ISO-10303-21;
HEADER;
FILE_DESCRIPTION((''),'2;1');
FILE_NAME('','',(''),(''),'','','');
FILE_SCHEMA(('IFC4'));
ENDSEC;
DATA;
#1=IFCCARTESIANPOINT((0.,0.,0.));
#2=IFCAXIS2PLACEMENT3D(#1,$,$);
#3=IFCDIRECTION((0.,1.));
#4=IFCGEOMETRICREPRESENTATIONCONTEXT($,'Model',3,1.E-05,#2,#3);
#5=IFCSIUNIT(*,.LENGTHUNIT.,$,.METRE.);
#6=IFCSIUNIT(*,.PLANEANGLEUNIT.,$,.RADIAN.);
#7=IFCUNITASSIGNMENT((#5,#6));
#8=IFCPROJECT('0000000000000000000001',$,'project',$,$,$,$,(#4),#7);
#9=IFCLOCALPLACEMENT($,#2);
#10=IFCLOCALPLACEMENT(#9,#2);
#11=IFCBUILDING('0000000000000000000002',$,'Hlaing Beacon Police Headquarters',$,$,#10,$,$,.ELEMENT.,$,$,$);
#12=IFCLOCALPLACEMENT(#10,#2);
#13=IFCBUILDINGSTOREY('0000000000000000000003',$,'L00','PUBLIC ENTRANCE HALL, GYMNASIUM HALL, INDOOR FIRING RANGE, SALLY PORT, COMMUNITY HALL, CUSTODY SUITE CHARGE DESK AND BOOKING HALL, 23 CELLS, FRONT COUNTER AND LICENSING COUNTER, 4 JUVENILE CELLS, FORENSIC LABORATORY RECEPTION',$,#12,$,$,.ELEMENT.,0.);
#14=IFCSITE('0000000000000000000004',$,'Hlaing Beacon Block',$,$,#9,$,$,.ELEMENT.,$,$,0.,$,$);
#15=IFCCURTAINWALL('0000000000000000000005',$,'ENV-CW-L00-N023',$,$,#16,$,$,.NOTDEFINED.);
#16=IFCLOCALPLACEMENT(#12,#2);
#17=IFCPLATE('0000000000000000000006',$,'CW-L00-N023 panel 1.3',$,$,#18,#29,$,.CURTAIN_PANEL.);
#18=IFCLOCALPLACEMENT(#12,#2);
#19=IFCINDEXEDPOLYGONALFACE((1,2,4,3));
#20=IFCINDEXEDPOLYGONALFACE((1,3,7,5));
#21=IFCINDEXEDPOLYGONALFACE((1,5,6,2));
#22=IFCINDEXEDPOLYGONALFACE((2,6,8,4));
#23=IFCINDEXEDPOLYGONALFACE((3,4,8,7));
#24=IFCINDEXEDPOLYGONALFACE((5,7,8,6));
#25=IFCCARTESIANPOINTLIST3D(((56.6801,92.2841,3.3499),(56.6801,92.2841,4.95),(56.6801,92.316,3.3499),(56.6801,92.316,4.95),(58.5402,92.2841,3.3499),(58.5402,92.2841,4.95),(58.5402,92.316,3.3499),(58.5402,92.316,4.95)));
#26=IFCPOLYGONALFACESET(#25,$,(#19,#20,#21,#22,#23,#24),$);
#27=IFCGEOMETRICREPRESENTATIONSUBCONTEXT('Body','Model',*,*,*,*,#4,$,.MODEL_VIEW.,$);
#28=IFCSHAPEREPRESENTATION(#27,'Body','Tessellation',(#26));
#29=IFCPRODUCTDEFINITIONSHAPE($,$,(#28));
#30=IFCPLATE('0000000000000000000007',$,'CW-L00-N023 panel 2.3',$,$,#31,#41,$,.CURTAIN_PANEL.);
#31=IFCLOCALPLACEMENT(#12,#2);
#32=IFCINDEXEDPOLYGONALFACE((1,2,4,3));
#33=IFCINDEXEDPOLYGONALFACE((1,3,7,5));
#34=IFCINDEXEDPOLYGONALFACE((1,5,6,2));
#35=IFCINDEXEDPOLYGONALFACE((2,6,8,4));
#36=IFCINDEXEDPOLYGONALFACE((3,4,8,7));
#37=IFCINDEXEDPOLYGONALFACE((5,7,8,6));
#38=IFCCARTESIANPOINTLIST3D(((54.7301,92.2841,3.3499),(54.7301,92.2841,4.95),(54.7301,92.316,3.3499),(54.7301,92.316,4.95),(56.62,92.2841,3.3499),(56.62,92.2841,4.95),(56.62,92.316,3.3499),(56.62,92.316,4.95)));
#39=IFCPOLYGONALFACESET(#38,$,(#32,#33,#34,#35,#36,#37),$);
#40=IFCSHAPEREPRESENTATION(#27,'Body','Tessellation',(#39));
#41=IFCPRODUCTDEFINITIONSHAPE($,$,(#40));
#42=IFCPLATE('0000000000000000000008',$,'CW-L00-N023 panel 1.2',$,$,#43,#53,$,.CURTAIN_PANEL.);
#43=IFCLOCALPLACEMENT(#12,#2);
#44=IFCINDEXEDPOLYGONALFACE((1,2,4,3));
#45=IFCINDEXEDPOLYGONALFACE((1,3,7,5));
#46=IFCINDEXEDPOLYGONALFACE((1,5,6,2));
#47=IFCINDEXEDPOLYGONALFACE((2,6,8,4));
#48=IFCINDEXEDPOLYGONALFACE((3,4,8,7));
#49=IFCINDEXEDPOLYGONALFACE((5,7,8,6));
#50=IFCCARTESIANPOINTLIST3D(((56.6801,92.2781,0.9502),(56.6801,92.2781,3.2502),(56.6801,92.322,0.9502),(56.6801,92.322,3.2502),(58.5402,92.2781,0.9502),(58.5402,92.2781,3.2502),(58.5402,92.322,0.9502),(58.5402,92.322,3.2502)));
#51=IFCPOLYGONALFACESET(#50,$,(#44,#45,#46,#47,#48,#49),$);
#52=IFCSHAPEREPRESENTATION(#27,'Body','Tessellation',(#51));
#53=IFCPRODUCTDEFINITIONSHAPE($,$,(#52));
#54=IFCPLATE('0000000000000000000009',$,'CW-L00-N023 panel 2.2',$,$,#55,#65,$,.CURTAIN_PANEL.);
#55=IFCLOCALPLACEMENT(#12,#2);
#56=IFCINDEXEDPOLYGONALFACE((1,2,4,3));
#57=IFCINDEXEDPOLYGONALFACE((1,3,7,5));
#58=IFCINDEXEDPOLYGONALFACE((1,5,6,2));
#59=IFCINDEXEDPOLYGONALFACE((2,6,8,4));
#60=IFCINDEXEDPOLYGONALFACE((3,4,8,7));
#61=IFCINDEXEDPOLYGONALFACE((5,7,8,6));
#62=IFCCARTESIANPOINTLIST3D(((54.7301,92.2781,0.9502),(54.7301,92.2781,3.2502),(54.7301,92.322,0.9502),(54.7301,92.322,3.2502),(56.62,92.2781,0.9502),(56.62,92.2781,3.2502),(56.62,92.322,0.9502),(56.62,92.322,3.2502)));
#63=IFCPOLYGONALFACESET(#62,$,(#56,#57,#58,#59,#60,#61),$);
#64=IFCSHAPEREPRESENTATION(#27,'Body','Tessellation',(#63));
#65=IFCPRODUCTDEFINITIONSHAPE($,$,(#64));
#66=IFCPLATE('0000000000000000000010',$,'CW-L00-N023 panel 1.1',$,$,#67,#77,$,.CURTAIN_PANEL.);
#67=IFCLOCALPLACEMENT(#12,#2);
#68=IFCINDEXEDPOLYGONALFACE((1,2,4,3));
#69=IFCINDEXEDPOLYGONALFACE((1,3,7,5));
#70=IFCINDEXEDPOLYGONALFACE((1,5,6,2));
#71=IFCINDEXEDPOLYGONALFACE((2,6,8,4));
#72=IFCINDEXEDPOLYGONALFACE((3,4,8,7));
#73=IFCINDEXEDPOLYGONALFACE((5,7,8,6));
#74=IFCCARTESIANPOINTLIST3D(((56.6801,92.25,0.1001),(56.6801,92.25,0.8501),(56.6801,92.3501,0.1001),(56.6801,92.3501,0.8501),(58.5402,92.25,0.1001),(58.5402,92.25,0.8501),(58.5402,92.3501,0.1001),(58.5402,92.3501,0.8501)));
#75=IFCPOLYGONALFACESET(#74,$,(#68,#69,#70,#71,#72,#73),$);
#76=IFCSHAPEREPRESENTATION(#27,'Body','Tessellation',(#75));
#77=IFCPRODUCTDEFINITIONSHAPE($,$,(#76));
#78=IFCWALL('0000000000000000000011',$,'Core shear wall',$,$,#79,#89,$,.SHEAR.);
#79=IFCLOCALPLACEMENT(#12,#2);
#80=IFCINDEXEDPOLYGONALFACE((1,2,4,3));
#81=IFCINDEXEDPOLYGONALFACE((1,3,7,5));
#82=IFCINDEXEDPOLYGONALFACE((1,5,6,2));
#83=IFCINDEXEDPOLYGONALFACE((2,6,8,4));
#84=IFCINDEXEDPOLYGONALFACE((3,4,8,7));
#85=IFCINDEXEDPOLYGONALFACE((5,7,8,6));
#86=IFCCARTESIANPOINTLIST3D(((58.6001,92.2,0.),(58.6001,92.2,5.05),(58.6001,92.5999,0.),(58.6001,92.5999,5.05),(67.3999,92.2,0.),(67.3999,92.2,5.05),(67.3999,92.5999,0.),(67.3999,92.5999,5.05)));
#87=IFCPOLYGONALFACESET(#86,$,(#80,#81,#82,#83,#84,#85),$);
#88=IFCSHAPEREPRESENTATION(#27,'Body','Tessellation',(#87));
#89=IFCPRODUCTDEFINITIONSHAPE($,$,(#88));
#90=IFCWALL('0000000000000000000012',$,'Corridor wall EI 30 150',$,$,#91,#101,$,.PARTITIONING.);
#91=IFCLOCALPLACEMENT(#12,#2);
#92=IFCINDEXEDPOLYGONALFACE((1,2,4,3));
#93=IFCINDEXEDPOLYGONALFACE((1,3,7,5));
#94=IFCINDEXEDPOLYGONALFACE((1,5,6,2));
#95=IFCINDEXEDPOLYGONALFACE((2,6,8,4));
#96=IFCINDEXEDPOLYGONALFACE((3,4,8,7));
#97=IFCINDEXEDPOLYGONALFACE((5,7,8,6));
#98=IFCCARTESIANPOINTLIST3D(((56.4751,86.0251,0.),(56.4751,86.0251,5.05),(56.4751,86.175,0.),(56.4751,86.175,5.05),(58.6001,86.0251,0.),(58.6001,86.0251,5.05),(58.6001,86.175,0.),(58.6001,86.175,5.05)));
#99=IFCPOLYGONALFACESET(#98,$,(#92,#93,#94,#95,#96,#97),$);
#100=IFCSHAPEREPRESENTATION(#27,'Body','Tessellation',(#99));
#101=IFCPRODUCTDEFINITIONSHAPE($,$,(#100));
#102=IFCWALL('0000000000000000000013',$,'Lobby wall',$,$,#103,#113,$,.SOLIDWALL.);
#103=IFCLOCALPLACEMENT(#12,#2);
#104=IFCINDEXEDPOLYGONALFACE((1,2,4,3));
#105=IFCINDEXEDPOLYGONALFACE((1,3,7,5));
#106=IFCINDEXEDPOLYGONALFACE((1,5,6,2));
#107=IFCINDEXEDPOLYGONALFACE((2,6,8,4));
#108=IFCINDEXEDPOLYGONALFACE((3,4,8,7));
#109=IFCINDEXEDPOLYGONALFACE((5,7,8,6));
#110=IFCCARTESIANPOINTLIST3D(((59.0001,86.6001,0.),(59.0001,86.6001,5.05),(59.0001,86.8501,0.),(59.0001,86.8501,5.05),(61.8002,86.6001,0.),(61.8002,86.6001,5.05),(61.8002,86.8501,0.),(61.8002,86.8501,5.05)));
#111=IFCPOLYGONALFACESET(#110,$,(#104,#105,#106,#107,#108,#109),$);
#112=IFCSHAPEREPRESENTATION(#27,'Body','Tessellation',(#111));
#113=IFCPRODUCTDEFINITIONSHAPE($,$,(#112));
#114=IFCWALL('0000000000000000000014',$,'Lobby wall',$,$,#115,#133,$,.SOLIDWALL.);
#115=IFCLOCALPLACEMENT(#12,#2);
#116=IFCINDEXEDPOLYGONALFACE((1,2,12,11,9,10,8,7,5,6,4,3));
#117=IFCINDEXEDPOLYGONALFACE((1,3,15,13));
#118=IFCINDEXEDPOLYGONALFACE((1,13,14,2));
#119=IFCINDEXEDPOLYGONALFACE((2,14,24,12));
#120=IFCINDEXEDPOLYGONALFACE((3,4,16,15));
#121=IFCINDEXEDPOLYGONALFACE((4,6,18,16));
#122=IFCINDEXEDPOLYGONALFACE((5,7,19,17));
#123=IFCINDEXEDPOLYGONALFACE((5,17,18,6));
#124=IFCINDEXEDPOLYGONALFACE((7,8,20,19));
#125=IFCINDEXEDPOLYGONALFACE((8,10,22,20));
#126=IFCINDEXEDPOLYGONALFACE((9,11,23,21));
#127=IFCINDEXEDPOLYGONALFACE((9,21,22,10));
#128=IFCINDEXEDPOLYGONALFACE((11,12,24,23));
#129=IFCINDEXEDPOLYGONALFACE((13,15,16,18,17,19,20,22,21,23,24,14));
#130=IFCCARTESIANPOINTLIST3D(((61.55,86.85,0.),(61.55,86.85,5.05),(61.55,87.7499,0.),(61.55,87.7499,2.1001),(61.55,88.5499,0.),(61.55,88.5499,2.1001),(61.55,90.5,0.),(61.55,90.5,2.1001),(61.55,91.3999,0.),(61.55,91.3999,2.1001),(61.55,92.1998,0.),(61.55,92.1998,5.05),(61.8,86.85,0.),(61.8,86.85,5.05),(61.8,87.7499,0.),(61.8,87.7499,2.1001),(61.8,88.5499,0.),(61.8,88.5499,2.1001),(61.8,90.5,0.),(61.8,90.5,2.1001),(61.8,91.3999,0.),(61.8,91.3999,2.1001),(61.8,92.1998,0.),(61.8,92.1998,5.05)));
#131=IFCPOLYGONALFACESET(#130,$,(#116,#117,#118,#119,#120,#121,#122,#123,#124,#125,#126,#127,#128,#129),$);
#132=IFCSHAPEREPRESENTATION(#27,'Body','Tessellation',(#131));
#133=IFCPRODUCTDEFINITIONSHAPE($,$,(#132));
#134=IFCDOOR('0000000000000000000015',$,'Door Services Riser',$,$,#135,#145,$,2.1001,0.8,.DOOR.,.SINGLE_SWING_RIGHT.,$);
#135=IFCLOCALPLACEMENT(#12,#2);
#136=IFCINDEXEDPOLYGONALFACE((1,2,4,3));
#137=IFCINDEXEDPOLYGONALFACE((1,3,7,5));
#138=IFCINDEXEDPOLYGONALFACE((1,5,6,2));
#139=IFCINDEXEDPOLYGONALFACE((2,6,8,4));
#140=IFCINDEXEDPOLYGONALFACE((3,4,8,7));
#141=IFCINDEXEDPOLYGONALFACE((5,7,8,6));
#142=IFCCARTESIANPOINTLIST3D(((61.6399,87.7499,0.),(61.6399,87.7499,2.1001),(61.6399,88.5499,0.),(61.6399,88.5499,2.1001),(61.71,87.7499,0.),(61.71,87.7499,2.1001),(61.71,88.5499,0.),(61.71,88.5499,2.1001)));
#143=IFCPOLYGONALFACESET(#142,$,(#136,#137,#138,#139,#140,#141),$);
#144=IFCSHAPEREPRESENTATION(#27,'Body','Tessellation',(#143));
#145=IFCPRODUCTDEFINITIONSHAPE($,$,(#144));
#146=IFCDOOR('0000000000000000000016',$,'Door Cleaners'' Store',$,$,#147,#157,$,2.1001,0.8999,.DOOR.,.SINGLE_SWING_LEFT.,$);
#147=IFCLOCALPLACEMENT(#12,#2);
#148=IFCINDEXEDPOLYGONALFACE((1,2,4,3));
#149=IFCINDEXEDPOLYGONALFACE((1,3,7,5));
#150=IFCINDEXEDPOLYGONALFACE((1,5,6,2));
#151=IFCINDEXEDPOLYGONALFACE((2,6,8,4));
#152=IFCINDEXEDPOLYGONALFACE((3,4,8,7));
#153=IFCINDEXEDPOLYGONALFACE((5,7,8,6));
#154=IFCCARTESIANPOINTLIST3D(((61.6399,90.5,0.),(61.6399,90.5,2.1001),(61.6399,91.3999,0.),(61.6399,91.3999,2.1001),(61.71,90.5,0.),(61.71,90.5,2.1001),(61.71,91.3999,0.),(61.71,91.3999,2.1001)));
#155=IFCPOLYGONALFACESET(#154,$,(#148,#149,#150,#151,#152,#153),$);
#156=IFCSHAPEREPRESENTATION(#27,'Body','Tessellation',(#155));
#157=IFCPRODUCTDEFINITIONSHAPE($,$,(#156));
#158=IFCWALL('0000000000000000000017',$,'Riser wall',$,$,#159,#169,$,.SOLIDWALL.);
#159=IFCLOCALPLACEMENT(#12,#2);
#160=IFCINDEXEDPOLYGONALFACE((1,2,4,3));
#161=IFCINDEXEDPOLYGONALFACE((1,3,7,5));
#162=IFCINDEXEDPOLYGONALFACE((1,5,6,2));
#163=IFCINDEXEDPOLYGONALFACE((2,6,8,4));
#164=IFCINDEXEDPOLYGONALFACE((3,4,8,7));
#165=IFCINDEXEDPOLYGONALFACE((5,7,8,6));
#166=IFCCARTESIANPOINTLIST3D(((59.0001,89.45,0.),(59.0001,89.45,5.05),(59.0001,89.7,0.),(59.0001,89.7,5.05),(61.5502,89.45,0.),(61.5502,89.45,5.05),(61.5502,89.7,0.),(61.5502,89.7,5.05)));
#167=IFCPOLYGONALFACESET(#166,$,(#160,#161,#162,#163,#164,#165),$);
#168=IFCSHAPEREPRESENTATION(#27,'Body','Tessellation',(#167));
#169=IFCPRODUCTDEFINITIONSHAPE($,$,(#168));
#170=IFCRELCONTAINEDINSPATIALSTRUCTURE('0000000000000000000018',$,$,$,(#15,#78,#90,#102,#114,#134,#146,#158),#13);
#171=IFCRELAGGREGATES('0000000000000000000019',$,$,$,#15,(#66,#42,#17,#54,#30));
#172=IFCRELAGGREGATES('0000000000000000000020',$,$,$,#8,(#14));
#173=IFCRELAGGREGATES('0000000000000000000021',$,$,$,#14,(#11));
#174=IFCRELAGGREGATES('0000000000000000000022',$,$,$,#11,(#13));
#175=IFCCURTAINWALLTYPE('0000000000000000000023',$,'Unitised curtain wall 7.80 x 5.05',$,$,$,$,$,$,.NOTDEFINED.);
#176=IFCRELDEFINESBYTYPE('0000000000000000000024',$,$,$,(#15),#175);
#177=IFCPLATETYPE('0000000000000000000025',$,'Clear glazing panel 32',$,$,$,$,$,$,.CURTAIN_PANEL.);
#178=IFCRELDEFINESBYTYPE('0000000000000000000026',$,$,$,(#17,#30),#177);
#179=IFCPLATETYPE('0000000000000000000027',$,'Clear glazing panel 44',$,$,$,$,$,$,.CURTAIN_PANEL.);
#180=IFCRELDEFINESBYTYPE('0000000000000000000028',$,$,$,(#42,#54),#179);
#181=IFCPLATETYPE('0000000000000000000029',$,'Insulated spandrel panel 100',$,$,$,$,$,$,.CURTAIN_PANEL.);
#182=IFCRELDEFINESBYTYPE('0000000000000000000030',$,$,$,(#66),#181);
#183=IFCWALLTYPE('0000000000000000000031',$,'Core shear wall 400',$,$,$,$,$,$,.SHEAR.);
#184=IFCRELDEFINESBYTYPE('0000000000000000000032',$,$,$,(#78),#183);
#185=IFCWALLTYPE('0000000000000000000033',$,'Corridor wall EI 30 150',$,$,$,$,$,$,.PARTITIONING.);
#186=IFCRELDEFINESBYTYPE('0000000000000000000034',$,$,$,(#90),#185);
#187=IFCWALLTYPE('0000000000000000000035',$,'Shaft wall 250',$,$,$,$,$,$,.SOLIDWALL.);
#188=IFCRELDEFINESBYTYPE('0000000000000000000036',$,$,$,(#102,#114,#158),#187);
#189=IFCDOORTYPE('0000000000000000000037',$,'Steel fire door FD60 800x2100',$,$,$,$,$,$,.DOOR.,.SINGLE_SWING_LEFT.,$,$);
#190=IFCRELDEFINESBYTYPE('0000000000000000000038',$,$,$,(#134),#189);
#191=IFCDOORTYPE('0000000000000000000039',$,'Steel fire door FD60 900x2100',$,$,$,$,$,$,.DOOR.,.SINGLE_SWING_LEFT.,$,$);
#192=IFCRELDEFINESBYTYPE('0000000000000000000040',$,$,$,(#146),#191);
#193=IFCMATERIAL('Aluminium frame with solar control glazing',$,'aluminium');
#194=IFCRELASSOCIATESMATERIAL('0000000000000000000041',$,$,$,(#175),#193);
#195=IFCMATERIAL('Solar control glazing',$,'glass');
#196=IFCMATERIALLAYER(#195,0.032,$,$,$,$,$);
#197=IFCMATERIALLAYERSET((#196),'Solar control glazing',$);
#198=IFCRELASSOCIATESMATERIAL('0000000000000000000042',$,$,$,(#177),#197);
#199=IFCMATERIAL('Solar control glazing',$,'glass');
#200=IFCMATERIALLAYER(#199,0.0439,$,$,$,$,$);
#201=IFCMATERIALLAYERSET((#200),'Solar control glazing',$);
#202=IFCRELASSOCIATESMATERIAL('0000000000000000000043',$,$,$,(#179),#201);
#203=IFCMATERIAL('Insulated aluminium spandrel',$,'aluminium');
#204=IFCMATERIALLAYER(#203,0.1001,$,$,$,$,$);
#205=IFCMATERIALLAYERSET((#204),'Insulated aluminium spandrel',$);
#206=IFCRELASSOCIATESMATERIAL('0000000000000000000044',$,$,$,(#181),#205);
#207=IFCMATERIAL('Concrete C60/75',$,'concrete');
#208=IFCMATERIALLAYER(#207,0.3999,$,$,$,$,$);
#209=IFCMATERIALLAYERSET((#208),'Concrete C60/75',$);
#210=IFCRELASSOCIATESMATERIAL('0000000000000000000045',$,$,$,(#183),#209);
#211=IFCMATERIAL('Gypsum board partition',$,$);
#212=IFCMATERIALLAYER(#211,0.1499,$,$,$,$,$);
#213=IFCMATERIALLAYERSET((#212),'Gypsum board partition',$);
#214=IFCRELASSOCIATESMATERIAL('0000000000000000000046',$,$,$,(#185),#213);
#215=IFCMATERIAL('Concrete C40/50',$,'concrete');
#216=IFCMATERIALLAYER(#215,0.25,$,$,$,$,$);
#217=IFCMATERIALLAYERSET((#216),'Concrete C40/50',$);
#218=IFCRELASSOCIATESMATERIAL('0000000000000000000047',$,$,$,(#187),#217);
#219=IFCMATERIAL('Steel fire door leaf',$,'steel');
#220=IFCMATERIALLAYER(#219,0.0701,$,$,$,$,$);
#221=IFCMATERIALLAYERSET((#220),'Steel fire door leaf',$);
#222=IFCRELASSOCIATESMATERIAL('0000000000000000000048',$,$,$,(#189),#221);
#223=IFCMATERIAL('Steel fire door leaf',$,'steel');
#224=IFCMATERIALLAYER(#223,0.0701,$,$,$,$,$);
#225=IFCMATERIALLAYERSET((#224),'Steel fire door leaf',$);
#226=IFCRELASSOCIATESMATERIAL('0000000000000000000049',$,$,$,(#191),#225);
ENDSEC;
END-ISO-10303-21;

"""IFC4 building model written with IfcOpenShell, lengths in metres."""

from ifc_helpers import new_model, si_unit, direction, frame, frame_2d, origin, origin_2d, place, context, subcontext, project, spatial, rectangle, extrude, material, layer, layer_set, type_object, element, fill, aggregate, save


model = new_model("IFC4")

# Units and contexts
model_context = context("Model", 3, precision=1e-05, world=origin(), true_north=direction((0.0, 1.0)))
body_context = subcontext(model_context, "Body", "Model", "MODEL_VIEW")
ifc_project = project(units=[si_unit("LENGTHUNIT", "METRE"), si_unit("PLANEANGLEUNIT", "RADIAN")], contexts=[model_context])

# Site, building, storey
site_placement = place(None, origin())
site = spatial("IfcSite", under=ifc_project, at=site_placement, Name="Hlaing Beacon Block", CompositionType="ELEMENT", RefElevation=0.0)
building_placement = place(site_placement, origin())
building = spatial("IfcBuilding", under=site, at=building_placement, Name="Hlaing Beacon Police Headquarters", CompositionType="ELEMENT")
storey_placement = place(building_placement, origin())
storey = spatial("IfcBuildingStorey", under=building, at=storey_placement, Name="L00", Description="PUBLIC ENTRANCE HALL, GYMNASIUM HALL, INDOOR FIRING RANGE, SALLY PORT, COMMUNITY HALL, CUSTODY SUITE CHARGE DESK AND BOOKING HALL, 23 CELLS, FRONT COUNTER AND LICENSING COUNTER, 4 JUVENILE CELLS, FORENSIC LABORATORY RECEPTION", CompositionType="ELEMENT", Elevation=0.0)

# Curtain wall, plates
ifc_material_1 = material(Name="Aluminium frame with solar control glazing", Category="aluminium")
curtain_wall_type = type_object("IfcCurtainWallType", Name="Unitised curtain wall 7.80 x 5.05", PredefinedType="NOTDEFINED", material=ifc_material_1)
curtain_wall_placement = place(storey_placement, origin())
curtain_wall = element("IfcCurtainWall", 1, at=curtain_wall_placement, inside=storey, type_object=curtain_wall_type, Name="ENV-CW-L00-N023", PredefinedType="NOTDEFINED")
ifc_material_2 = material(Name="Solar control glazing", Category="glass")
ifc_layer_1 = layer(ifc_material_2, 0.032)
ifc_layer_set_1 = layer_set([ifc_layer_1], Name="Solar control glazing")
plate_type_1 = type_object("IfcPlateType", Name="Clear glazing panel 32", PredefinedType="CURTAIN_PANEL", material=ifc_layer_set_1)
plate_1_placement = place(storey_placement, frame((57.6101, 92.3, 3.3499), z_axis=(0.0, 0.0, 1.0), x_axis=(-1.0, 0.0, 0.0)))
plate_1 = element("IfcPlate", 2, at=plate_1_placement, type_object=plate_type_1, Name="CW-L00-N023 panel 1.3", PredefinedType="CURTAIN_PANEL", context=body_context, shape_type="SweptSolid", body=[
    extrude(rectangle(XDim=1.8601, YDim=0.032, at=origin_2d()), origin(), (0.0, 0.0, 1.0), 1.6001),
])
plate_2_placement = place(storey_placement, frame((55.675, 92.3, 3.3499), z_axis=(0.0, 0.0, 1.0), x_axis=(-1.0, 0.0, 0.0)))
plate_2 = element("IfcPlate", 3, at=plate_2_placement, type_object=plate_type_1, Name="CW-L00-N023 panel 2.3", PredefinedType="CURTAIN_PANEL", context=body_context, shape_type="SweptSolid", body=[
    extrude(rectangle(XDim=1.8899, YDim=0.032, at=origin_2d()), origin(), (0.0, 0.0, 1.0), 1.6001),
])
ifc_material_3 = material(Name="Solar control glazing", Category="glass")
ifc_layer_2 = layer(ifc_material_3, 0.0439)
ifc_layer_set_2 = layer_set([ifc_layer_2], Name="Solar control glazing")
plate_type_2 = type_object("IfcPlateType", Name="Clear glazing panel 44", PredefinedType="CURTAIN_PANEL", material=ifc_layer_set_2)
plate_3_placement = place(storey_placement, frame((57.6101, 92.3, 0.9502), z_axis=(0.0, 0.0, 1.0), x_axis=(-1.0, 0.0, 0.0)))
plate_3 = element("IfcPlate", 4, at=plate_3_placement, type_object=plate_type_2, Name="CW-L00-N023 panel 1.2", PredefinedType="CURTAIN_PANEL", context=body_context, shape_type="SweptSolid", body=[
    extrude(rectangle(XDim=1.8601, YDim=0.0439, at=origin_2d()), origin(), (0.0, 0.0, 1.0), 2.3),
])
plate_4_placement = place(storey_placement, frame((55.675, 92.3, 0.9502), z_axis=(0.0, 0.0, 1.0), x_axis=(-1.0, 0.0, 0.0)))
plate_4 = element("IfcPlate", 5, at=plate_4_placement, type_object=plate_type_2, Name="CW-L00-N023 panel 2.2", PredefinedType="CURTAIN_PANEL", context=body_context, shape_type="SweptSolid", body=[
    extrude(rectangle(XDim=1.8899, YDim=0.0439, at=origin_2d()), origin(), (0.0, 0.0, 1.0), 2.3),
])
ifc_material_4 = material(Name="Insulated aluminium spandrel", Category="aluminium")
ifc_layer_3 = layer(ifc_material_4, 0.1001)
ifc_layer_set_3 = layer_set([ifc_layer_3], Name="Insulated aluminium spandrel")
plate_type_3 = type_object("IfcPlateType", Name="Insulated spandrel panel 100", PredefinedType="CURTAIN_PANEL", material=ifc_layer_set_3)
plate_5_placement = place(storey_placement, frame((57.6101, 92.3, 0.1001), z_axis=(0.0, 0.0, 1.0), x_axis=(-1.0, 0.0, 0.0)))
plate_5 = element("IfcPlate", 6, at=plate_5_placement, type_object=plate_type_3, Name="CW-L00-N023 panel 1.1", PredefinedType="CURTAIN_PANEL", context=body_context, shape_type="SweptSolid", body=[
    extrude(rectangle(XDim=1.8601, YDim=0.1001, at=origin_2d()), origin(), (0.0, 0.0, 1.0), 0.75),
])
aggregate(curtain_wall, [plate_5, plate_3, plate_1, plate_4, plate_2])

# Walls
ifc_material_5 = material(Name="Concrete C60/75", Category="concrete")
ifc_layer_4 = layer(ifc_material_5, 0.3999)
ifc_layer_set_4 = layer_set([ifc_layer_4], Name="Concrete C60/75")
wall_type_1 = type_object("IfcWallType", Name="Core shear wall 400", PredefinedType="SHEAR", material=ifc_layer_set_4)
wall_1_placement = place(storey_placement, frame((58.6001, 92.3999, 0.0), z_axis=(0.0, 0.0, 1.0), x_axis=(1.0, 0.0, 0.0)))
element("IfcWall", 7, at=wall_1_placement, inside=storey, type_object=wall_type_1, Name="Core shear wall", PredefinedType="SHEAR", context=body_context, shape_type="SweptSolid", body=[
    extrude(rectangle(XDim=8.7998, YDim=0.3999, at=frame_2d((4.3999, 0.0))), origin(), (0.0, 0.0, 1.0), 5.05),
])
ifc_material_6 = material(Name="Gypsum board partition")
ifc_layer_5 = layer(ifc_material_6, 0.1499)
ifc_layer_set_5 = layer_set([ifc_layer_5], Name="Gypsum board partition")
wall_type_2 = type_object("IfcWallType", Name="Corridor wall EI 30 150", PredefinedType="PARTITIONING", material=ifc_layer_set_5)
wall_2_placement = place(storey_placement, frame((56.4751, 86.1001, 0.0), z_axis=(0.0, 0.0, 1.0), x_axis=(1.0, 0.0, 0.0)))
element("IfcWall", 8, at=wall_2_placement, inside=storey, type_object=wall_type_2, Name="Corridor wall EI 30 150", PredefinedType="PARTITIONING", context=body_context, shape_type="SweptSolid", body=[
    extrude(rectangle(XDim=2.125, YDim=0.1499, at=frame_2d((1.0625, 0.0))), origin(), (0.0, 0.0, 1.0), 5.05),
])
ifc_material_7 = material(Name="Concrete C40/50", Category="concrete")
ifc_layer_6 = layer(ifc_material_7, 0.25)
ifc_layer_set_6 = layer_set([ifc_layer_6], Name="Concrete C40/50")
wall_type_3 = type_object("IfcWallType", Name="Shaft wall 250", PredefinedType="SOLIDWALL", material=ifc_layer_set_6)
wall_3_placement = place(storey_placement, frame((61.8, 86.7251, 0.0), z_axis=(0.0, 0.0, 1.0), x_axis=(-1.0, 0.0, 0.0)))
element("IfcWall", 9, at=wall_3_placement, inside=storey, type_object=wall_type_3, Name="Lobby wall", PredefinedType="SOLIDWALL", context=body_context, shape_type="SweptSolid", body=[
    extrude(rectangle(XDim=2.8, YDim=0.25, at=frame_2d((1.3999, 0.0))), origin(), (0.0, 0.0, 1.0), 5.05),
])

# Wall, openings, doors
wall_4_placement = place(storey_placement, frame((61.675, 86.8501, 0.0), z_axis=(0.0, 0.0, 1.0), x_axis=(0.0, 1.0, 0.0)))
wall_4 = element("IfcWall", 10, at=wall_4_placement, inside=storey, type_object=wall_type_3, Name="Lobby wall", PredefinedType="SOLIDWALL", context=body_context, shape_type="SweptSolid", body=[
    extrude(rectangle(XDim=5.3499, YDim=0.25, at=frame_2d((2.6748, 0.0))), origin(), (0.0, 0.0, 1.0), 5.05),
])
opening_1_placement = place(wall_4_placement, frame((3.6499, 0.0, 0.0)))
opening_1 = element("IfcOpeningElement", 11, at=opening_1_placement, cuts=wall_4, PredefinedType="OPENING", context=body_context, shape_type="SweptSolid", body=[
    extrude(rectangle(XDim=0.8999, YDim=2.1001, at=frame_2d((0.45, 1.05))), frame((0.0, 0.135, 0.0), z_axis=(0.0, -1.0, 0.0), x_axis=(1.0, 0.0, 0.0)), (0.0, 0.0, 1.0), 0.27),
])
opening_2_placement = place(wall_4_placement, frame((0.8999, 0.0, 0.0)))
opening_2 = element("IfcOpeningElement", 12, at=opening_2_placement, cuts=wall_4, PredefinedType="OPENING", context=body_context, shape_type="SweptSolid", body=[
    extrude(rectangle(XDim=0.8, YDim=2.1001, at=frame_2d((0.3999, 1.05))), frame((0.0, 0.135, 0.0), z_axis=(0.0, -1.0, 0.0), x_axis=(1.0, 0.0, 0.0)), (0.0, 0.0, 1.0), 0.27),
])
ifc_material_8 = material(Name="Steel fire door leaf", Category="steel")
ifc_layer_7 = layer(ifc_material_8, 0.0701)
ifc_layer_set_7 = layer_set([ifc_layer_7], Name="Steel fire door leaf")
door_type_1 = type_object("IfcDoorType", Name="Steel fire door FD60 800x2100", OperationType="SINGLE_SWING_LEFT", PredefinedType="DOOR", material=ifc_layer_set_7)
door_1_placement = place(opening_2_placement, origin())
door_1 = element("IfcDoor", 13, at=door_1_placement, inside=storey, type_object=door_type_1, Name="Door Services Riser", OperationType="SINGLE_SWING_RIGHT", OverallHeight=2.1001, OverallWidth=0.8, PredefinedType="DOOR", context=body_context, shape_type="SweptSolid", body=[
    extrude(rectangle(XDim=0.8, YDim=2.1001, at=frame_2d((0.3999, 1.05))), frame((0.0, 0.0352, 0.0), z_axis=(0.0, -1.0, 0.0), x_axis=(1.0, 0.0, 0.0)), (0.0, 0.0, 1.0), 0.0701),
])
fill(opening_2, door_1)
ifc_material_9 = material(Name="Steel fire door leaf", Category="steel")
ifc_layer_8 = layer(ifc_material_9, 0.0701)
ifc_layer_set_8 = layer_set([ifc_layer_8], Name="Steel fire door leaf")
door_type_2 = type_object("IfcDoorType", Name="Steel fire door FD60 900x2100", OperationType="SINGLE_SWING_LEFT", PredefinedType="DOOR", material=ifc_layer_set_8)
door_2_placement = place(opening_1_placement, origin())
door_2 = element("IfcDoor", 14, at=door_2_placement, inside=storey, type_object=door_type_2, Name="Door Cleaners' Store", OperationType="SINGLE_SWING_LEFT", OverallHeight=2.1001, OverallWidth=0.8999, PredefinedType="DOOR", context=body_context, shape_type="SweptSolid", body=[
    extrude(rectangle(XDim=0.8999, YDim=2.1001, at=frame_2d((0.45, 1.05))), frame((0.0, 0.0352, 0.0), z_axis=(0.0, -1.0, 0.0), x_axis=(1.0, 0.0, 0.0)), (0.0, 0.0, 1.0), 0.0701),
])
fill(opening_1, door_2)

# Wall
wall_5_placement = place(storey_placement, frame((61.55, 89.575, 0.0), z_axis=(0.0, 0.0, 1.0), x_axis=(-1.0, 0.0, 0.0)))
element("IfcWall", 15, at=wall_5_placement, inside=storey, type_object=wall_type_3, Name="Riser wall", PredefinedType="SOLIDWALL", context=body_context, shape_type="SweptSolid", body=[
    extrude(rectangle(XDim=2.55, YDim=0.25, at=frame_2d((1.2749, 0.0))), origin(), (0.0, 0.0, 1.0), 5.05),
])

save(model, "model.ifc")
